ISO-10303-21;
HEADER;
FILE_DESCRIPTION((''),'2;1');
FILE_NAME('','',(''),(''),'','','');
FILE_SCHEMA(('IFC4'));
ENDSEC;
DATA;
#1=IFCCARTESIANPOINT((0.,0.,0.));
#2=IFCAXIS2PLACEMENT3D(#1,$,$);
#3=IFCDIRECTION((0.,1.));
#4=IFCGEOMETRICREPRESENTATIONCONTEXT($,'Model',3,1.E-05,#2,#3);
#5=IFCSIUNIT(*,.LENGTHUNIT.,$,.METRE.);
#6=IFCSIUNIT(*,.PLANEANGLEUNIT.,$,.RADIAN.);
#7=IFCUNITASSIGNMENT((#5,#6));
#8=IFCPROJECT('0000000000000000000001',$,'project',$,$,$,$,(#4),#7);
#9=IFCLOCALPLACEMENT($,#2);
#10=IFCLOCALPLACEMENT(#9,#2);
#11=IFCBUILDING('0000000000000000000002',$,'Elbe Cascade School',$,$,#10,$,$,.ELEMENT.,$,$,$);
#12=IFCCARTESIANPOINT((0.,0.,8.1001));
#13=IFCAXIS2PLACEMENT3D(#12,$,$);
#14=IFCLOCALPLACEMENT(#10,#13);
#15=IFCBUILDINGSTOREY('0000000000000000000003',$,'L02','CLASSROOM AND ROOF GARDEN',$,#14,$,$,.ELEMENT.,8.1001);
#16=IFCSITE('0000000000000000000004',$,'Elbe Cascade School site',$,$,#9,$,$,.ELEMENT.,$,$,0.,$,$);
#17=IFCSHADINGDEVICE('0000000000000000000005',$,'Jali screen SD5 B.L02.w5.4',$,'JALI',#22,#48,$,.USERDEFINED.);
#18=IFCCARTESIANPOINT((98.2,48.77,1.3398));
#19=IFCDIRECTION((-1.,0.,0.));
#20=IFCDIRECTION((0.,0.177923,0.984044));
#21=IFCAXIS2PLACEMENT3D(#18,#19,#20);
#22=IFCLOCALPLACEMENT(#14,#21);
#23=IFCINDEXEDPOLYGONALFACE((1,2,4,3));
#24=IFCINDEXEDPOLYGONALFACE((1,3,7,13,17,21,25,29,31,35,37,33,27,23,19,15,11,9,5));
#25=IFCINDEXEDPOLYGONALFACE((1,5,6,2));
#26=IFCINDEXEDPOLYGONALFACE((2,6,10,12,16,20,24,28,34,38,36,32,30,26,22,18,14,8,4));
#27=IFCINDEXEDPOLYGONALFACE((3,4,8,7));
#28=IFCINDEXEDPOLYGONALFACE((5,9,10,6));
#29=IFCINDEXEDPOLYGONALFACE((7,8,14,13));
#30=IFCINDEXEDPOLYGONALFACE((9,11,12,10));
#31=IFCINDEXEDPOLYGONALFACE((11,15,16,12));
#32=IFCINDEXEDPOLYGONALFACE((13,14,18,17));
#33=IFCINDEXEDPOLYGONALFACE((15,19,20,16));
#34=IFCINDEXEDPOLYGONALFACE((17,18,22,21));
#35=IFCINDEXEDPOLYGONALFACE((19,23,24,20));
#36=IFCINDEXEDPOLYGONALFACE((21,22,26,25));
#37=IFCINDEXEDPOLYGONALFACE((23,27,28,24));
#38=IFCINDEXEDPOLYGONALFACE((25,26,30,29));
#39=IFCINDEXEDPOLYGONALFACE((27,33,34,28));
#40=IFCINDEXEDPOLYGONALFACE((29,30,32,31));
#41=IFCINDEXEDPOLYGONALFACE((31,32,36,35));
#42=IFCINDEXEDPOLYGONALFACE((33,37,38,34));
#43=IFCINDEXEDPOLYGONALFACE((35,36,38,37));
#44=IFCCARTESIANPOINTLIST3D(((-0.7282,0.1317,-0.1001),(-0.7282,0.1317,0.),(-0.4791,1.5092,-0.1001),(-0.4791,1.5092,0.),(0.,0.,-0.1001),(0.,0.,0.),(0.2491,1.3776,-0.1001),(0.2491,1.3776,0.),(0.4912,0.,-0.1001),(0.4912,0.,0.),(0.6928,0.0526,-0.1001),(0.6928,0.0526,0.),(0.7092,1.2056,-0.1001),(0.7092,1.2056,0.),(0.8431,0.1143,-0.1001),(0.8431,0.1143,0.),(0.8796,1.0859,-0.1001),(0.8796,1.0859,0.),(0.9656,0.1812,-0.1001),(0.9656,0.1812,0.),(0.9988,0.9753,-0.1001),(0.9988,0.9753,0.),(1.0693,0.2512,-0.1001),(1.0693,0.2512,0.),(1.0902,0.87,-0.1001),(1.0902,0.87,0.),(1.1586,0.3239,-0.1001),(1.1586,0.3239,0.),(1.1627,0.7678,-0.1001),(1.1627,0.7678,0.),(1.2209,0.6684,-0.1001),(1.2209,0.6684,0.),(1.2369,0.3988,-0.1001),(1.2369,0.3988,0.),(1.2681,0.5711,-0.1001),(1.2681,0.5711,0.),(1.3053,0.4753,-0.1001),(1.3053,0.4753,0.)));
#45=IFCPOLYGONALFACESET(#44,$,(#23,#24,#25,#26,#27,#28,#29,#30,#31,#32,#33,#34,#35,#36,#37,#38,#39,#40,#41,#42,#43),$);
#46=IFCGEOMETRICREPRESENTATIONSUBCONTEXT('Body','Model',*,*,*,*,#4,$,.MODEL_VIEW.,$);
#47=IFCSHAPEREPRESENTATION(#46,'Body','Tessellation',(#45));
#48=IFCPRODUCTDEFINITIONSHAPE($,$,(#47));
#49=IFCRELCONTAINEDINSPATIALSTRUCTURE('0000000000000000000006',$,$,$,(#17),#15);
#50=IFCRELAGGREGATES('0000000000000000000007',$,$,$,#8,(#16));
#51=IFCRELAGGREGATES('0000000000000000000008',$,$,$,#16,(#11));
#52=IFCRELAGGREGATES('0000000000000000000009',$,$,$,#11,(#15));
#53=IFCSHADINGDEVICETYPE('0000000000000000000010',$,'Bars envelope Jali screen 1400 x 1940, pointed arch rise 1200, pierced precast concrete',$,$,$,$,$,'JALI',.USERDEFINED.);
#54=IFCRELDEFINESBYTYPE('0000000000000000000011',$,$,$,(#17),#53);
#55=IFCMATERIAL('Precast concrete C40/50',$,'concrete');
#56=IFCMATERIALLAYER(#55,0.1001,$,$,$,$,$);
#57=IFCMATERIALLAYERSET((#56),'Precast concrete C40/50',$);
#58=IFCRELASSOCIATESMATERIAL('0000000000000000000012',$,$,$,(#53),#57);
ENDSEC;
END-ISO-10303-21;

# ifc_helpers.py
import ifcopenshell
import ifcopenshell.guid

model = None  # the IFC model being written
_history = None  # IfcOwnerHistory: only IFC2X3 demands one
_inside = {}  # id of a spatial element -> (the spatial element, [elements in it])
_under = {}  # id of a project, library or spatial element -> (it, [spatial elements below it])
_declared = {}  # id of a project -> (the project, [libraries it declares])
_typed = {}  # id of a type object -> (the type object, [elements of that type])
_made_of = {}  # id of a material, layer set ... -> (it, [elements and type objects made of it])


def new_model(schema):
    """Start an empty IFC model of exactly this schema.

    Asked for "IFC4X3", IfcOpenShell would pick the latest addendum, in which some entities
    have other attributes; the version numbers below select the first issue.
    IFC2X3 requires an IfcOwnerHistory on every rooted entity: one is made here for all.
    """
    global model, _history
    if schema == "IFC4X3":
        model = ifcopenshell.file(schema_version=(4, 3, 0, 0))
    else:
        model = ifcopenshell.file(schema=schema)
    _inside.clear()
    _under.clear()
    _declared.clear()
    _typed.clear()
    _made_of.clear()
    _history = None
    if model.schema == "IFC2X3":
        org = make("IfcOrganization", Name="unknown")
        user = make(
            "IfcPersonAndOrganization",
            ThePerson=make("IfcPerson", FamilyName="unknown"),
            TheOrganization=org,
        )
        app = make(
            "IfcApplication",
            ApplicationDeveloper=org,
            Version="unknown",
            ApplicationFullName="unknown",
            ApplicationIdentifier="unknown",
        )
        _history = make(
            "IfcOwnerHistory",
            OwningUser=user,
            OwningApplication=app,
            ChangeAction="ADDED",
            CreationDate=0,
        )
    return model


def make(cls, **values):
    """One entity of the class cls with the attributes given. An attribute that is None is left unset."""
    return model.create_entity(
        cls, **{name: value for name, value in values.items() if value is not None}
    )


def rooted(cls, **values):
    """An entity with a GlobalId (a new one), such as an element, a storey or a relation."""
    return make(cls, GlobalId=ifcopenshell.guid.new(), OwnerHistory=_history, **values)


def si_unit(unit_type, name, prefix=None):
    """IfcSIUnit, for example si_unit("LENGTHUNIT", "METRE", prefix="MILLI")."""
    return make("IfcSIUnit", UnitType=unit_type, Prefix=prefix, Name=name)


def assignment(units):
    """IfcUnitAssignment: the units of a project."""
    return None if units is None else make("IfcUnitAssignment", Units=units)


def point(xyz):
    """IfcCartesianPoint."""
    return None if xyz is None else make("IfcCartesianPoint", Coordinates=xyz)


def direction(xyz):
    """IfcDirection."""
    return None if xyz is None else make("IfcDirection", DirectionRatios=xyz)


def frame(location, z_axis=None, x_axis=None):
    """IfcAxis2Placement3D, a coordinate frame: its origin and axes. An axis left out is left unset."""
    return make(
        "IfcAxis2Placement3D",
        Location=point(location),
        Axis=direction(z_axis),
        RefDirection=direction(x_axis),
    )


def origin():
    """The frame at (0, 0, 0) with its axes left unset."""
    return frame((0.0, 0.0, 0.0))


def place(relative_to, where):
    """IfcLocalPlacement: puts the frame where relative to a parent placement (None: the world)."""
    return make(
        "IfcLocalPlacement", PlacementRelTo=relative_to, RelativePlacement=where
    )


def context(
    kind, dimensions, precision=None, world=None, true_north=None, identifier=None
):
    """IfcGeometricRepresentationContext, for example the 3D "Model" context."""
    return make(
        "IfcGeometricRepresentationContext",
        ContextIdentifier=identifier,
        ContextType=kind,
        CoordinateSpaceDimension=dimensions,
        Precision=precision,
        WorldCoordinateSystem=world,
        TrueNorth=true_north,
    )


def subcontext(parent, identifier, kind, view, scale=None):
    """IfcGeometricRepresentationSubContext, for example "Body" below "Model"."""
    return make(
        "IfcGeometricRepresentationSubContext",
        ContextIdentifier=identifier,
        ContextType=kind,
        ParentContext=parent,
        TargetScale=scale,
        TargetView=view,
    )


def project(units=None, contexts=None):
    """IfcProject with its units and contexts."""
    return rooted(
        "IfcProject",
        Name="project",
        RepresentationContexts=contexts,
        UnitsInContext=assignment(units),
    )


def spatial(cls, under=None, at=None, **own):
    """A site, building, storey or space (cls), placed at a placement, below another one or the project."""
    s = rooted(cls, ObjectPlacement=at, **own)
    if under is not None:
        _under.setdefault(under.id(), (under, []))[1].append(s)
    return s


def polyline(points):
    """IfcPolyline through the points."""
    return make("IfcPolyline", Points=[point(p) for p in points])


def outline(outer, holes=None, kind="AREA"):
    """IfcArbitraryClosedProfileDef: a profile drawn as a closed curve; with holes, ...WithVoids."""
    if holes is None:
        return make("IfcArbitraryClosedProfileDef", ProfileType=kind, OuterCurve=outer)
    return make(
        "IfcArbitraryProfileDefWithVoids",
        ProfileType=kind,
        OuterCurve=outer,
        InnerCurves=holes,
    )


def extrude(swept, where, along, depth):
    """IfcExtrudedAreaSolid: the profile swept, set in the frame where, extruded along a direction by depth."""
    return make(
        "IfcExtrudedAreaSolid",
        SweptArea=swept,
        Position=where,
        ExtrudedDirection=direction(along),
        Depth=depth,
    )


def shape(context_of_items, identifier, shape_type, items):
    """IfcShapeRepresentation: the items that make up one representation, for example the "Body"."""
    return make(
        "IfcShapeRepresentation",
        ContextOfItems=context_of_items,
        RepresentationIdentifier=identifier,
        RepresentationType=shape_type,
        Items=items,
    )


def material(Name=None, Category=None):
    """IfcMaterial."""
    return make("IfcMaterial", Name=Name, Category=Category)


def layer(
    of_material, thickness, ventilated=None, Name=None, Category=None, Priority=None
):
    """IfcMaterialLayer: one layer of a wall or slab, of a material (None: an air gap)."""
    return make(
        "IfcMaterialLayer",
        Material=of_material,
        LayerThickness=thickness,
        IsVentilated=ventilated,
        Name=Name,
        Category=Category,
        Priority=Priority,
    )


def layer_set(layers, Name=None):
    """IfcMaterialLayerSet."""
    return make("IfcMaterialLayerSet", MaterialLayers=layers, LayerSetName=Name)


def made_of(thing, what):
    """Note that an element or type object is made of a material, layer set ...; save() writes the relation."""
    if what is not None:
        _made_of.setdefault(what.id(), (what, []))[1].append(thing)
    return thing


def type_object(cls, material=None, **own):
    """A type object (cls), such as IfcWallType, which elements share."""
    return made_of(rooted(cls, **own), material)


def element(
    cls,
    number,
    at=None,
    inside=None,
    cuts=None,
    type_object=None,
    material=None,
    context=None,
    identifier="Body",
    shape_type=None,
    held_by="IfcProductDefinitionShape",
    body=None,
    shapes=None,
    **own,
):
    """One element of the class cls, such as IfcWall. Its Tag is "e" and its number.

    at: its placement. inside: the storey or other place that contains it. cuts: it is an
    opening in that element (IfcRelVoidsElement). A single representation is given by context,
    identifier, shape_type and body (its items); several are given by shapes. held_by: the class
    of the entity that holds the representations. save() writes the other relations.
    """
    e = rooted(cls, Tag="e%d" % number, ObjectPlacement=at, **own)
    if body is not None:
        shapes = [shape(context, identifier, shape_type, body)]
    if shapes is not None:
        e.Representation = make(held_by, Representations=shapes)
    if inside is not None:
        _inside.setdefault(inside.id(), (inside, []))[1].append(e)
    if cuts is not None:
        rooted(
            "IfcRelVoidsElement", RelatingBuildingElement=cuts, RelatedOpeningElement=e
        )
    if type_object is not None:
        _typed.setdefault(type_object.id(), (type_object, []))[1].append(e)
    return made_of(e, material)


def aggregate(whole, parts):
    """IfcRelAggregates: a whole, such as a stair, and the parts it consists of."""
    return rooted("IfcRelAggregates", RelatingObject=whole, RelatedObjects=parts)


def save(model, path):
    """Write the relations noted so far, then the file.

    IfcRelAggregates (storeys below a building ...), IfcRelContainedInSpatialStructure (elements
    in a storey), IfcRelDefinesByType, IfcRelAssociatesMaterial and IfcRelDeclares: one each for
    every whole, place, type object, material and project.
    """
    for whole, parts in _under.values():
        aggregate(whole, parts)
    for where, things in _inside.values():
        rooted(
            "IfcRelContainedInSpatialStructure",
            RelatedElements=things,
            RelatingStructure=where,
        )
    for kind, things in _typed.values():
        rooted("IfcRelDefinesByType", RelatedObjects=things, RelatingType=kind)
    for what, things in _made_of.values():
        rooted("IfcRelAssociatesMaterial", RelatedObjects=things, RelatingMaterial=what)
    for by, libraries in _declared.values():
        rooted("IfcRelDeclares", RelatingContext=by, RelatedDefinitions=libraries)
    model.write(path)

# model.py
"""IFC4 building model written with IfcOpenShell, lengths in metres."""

from ifc_helpers import new_model, si_unit, direction, frame, origin, place, context, subcontext, project, spatial, polyline, outline, extrude, material, layer, layer_set, type_object, element, save


model = new_model("IFC4")

# Units and contexts
model_context = context("Model", 3, precision=1e-05, world=origin(), true_north=direction((0.0, 1.0)))
body_context = subcontext(model_context, "Body", "Model", "MODEL_VIEW")
ifc_project = project(units=[si_unit("LENGTHUNIT", "METRE"), si_unit("PLANEANGLEUNIT", "RADIAN")], contexts=[model_context])

# Site, building, storey
site_placement = place(None, origin())
site = spatial("IfcSite", under=ifc_project, at=site_placement, Name="Elbe Cascade School site", CompositionType="ELEMENT", RefElevation=0.0)
building_placement = place(site_placement, origin())
building = spatial("IfcBuilding", under=site, at=building_placement, Name="Elbe Cascade School", CompositionType="ELEMENT")
storey_placement = place(building_placement, frame((0.0, 0.0, 8.1001)))
storey = spatial("IfcBuildingStorey", under=building, at=storey_placement, Name="L02", Description="CLASSROOM AND ROOF GARDEN", CompositionType="ELEMENT", Elevation=8.1001)

# Shading device
ifc_material_1 = material(Name="Precast concrete C40/50", Category="concrete")
ifc_layer_1 = layer(ifc_material_1, 0.1001)
ifc_layer_set_1 = layer_set([ifc_layer_1], Name="Precast concrete C40/50")
shading_device_type_1 = type_object("IfcShadingDeviceType", Name="Bars envelope Jali screen 1400 x 1940, pointed arch rise 1200, pierced precast concrete", ElementType="JALI", PredefinedType="USERDEFINED", material=ifc_layer_set_1)
shading_device_1_placement = place(storey_placement, frame((98.2, 48.77, 1.3398), z_axis=(-1.0, 0.0, 0.0), x_axis=(0.0, 0.177923, 0.984044)))
element("IfcShadingDevice", 1, at=shading_device_1_placement, inside=storey, type_object=shading_device_type_1, Name="Jali screen SD5 B.L02.w5.4", ObjectType="JALI", PredefinedType="USERDEFINED", context=body_context, shape_type="SweptSolid", body=[
    extrude(outline(polyline([(0.0, 0.0), (0.4912, 0.0), (0.6928, 0.0526), (0.8431, 0.1143), (0.9656, 0.1812), (1.0693, 0.2512), (1.1586, 0.3239), (1.2369, 0.3988), (1.3053, 0.4753), (1.2681, 0.5711), (1.2209, 0.6684), (1.1627, 0.7678), (1.0902, 0.87), (0.9988, 0.9753), (0.8796, 1.0859), (0.7092, 1.2056), (0.2491, 1.3776), (-0.4791, 1.5092), (-0.7282, 0.1317), (0.0, 0.0)])), origin(), (0.0, 0.0, -1.0), 0.1001),
])

save(model, "model.ifc")
